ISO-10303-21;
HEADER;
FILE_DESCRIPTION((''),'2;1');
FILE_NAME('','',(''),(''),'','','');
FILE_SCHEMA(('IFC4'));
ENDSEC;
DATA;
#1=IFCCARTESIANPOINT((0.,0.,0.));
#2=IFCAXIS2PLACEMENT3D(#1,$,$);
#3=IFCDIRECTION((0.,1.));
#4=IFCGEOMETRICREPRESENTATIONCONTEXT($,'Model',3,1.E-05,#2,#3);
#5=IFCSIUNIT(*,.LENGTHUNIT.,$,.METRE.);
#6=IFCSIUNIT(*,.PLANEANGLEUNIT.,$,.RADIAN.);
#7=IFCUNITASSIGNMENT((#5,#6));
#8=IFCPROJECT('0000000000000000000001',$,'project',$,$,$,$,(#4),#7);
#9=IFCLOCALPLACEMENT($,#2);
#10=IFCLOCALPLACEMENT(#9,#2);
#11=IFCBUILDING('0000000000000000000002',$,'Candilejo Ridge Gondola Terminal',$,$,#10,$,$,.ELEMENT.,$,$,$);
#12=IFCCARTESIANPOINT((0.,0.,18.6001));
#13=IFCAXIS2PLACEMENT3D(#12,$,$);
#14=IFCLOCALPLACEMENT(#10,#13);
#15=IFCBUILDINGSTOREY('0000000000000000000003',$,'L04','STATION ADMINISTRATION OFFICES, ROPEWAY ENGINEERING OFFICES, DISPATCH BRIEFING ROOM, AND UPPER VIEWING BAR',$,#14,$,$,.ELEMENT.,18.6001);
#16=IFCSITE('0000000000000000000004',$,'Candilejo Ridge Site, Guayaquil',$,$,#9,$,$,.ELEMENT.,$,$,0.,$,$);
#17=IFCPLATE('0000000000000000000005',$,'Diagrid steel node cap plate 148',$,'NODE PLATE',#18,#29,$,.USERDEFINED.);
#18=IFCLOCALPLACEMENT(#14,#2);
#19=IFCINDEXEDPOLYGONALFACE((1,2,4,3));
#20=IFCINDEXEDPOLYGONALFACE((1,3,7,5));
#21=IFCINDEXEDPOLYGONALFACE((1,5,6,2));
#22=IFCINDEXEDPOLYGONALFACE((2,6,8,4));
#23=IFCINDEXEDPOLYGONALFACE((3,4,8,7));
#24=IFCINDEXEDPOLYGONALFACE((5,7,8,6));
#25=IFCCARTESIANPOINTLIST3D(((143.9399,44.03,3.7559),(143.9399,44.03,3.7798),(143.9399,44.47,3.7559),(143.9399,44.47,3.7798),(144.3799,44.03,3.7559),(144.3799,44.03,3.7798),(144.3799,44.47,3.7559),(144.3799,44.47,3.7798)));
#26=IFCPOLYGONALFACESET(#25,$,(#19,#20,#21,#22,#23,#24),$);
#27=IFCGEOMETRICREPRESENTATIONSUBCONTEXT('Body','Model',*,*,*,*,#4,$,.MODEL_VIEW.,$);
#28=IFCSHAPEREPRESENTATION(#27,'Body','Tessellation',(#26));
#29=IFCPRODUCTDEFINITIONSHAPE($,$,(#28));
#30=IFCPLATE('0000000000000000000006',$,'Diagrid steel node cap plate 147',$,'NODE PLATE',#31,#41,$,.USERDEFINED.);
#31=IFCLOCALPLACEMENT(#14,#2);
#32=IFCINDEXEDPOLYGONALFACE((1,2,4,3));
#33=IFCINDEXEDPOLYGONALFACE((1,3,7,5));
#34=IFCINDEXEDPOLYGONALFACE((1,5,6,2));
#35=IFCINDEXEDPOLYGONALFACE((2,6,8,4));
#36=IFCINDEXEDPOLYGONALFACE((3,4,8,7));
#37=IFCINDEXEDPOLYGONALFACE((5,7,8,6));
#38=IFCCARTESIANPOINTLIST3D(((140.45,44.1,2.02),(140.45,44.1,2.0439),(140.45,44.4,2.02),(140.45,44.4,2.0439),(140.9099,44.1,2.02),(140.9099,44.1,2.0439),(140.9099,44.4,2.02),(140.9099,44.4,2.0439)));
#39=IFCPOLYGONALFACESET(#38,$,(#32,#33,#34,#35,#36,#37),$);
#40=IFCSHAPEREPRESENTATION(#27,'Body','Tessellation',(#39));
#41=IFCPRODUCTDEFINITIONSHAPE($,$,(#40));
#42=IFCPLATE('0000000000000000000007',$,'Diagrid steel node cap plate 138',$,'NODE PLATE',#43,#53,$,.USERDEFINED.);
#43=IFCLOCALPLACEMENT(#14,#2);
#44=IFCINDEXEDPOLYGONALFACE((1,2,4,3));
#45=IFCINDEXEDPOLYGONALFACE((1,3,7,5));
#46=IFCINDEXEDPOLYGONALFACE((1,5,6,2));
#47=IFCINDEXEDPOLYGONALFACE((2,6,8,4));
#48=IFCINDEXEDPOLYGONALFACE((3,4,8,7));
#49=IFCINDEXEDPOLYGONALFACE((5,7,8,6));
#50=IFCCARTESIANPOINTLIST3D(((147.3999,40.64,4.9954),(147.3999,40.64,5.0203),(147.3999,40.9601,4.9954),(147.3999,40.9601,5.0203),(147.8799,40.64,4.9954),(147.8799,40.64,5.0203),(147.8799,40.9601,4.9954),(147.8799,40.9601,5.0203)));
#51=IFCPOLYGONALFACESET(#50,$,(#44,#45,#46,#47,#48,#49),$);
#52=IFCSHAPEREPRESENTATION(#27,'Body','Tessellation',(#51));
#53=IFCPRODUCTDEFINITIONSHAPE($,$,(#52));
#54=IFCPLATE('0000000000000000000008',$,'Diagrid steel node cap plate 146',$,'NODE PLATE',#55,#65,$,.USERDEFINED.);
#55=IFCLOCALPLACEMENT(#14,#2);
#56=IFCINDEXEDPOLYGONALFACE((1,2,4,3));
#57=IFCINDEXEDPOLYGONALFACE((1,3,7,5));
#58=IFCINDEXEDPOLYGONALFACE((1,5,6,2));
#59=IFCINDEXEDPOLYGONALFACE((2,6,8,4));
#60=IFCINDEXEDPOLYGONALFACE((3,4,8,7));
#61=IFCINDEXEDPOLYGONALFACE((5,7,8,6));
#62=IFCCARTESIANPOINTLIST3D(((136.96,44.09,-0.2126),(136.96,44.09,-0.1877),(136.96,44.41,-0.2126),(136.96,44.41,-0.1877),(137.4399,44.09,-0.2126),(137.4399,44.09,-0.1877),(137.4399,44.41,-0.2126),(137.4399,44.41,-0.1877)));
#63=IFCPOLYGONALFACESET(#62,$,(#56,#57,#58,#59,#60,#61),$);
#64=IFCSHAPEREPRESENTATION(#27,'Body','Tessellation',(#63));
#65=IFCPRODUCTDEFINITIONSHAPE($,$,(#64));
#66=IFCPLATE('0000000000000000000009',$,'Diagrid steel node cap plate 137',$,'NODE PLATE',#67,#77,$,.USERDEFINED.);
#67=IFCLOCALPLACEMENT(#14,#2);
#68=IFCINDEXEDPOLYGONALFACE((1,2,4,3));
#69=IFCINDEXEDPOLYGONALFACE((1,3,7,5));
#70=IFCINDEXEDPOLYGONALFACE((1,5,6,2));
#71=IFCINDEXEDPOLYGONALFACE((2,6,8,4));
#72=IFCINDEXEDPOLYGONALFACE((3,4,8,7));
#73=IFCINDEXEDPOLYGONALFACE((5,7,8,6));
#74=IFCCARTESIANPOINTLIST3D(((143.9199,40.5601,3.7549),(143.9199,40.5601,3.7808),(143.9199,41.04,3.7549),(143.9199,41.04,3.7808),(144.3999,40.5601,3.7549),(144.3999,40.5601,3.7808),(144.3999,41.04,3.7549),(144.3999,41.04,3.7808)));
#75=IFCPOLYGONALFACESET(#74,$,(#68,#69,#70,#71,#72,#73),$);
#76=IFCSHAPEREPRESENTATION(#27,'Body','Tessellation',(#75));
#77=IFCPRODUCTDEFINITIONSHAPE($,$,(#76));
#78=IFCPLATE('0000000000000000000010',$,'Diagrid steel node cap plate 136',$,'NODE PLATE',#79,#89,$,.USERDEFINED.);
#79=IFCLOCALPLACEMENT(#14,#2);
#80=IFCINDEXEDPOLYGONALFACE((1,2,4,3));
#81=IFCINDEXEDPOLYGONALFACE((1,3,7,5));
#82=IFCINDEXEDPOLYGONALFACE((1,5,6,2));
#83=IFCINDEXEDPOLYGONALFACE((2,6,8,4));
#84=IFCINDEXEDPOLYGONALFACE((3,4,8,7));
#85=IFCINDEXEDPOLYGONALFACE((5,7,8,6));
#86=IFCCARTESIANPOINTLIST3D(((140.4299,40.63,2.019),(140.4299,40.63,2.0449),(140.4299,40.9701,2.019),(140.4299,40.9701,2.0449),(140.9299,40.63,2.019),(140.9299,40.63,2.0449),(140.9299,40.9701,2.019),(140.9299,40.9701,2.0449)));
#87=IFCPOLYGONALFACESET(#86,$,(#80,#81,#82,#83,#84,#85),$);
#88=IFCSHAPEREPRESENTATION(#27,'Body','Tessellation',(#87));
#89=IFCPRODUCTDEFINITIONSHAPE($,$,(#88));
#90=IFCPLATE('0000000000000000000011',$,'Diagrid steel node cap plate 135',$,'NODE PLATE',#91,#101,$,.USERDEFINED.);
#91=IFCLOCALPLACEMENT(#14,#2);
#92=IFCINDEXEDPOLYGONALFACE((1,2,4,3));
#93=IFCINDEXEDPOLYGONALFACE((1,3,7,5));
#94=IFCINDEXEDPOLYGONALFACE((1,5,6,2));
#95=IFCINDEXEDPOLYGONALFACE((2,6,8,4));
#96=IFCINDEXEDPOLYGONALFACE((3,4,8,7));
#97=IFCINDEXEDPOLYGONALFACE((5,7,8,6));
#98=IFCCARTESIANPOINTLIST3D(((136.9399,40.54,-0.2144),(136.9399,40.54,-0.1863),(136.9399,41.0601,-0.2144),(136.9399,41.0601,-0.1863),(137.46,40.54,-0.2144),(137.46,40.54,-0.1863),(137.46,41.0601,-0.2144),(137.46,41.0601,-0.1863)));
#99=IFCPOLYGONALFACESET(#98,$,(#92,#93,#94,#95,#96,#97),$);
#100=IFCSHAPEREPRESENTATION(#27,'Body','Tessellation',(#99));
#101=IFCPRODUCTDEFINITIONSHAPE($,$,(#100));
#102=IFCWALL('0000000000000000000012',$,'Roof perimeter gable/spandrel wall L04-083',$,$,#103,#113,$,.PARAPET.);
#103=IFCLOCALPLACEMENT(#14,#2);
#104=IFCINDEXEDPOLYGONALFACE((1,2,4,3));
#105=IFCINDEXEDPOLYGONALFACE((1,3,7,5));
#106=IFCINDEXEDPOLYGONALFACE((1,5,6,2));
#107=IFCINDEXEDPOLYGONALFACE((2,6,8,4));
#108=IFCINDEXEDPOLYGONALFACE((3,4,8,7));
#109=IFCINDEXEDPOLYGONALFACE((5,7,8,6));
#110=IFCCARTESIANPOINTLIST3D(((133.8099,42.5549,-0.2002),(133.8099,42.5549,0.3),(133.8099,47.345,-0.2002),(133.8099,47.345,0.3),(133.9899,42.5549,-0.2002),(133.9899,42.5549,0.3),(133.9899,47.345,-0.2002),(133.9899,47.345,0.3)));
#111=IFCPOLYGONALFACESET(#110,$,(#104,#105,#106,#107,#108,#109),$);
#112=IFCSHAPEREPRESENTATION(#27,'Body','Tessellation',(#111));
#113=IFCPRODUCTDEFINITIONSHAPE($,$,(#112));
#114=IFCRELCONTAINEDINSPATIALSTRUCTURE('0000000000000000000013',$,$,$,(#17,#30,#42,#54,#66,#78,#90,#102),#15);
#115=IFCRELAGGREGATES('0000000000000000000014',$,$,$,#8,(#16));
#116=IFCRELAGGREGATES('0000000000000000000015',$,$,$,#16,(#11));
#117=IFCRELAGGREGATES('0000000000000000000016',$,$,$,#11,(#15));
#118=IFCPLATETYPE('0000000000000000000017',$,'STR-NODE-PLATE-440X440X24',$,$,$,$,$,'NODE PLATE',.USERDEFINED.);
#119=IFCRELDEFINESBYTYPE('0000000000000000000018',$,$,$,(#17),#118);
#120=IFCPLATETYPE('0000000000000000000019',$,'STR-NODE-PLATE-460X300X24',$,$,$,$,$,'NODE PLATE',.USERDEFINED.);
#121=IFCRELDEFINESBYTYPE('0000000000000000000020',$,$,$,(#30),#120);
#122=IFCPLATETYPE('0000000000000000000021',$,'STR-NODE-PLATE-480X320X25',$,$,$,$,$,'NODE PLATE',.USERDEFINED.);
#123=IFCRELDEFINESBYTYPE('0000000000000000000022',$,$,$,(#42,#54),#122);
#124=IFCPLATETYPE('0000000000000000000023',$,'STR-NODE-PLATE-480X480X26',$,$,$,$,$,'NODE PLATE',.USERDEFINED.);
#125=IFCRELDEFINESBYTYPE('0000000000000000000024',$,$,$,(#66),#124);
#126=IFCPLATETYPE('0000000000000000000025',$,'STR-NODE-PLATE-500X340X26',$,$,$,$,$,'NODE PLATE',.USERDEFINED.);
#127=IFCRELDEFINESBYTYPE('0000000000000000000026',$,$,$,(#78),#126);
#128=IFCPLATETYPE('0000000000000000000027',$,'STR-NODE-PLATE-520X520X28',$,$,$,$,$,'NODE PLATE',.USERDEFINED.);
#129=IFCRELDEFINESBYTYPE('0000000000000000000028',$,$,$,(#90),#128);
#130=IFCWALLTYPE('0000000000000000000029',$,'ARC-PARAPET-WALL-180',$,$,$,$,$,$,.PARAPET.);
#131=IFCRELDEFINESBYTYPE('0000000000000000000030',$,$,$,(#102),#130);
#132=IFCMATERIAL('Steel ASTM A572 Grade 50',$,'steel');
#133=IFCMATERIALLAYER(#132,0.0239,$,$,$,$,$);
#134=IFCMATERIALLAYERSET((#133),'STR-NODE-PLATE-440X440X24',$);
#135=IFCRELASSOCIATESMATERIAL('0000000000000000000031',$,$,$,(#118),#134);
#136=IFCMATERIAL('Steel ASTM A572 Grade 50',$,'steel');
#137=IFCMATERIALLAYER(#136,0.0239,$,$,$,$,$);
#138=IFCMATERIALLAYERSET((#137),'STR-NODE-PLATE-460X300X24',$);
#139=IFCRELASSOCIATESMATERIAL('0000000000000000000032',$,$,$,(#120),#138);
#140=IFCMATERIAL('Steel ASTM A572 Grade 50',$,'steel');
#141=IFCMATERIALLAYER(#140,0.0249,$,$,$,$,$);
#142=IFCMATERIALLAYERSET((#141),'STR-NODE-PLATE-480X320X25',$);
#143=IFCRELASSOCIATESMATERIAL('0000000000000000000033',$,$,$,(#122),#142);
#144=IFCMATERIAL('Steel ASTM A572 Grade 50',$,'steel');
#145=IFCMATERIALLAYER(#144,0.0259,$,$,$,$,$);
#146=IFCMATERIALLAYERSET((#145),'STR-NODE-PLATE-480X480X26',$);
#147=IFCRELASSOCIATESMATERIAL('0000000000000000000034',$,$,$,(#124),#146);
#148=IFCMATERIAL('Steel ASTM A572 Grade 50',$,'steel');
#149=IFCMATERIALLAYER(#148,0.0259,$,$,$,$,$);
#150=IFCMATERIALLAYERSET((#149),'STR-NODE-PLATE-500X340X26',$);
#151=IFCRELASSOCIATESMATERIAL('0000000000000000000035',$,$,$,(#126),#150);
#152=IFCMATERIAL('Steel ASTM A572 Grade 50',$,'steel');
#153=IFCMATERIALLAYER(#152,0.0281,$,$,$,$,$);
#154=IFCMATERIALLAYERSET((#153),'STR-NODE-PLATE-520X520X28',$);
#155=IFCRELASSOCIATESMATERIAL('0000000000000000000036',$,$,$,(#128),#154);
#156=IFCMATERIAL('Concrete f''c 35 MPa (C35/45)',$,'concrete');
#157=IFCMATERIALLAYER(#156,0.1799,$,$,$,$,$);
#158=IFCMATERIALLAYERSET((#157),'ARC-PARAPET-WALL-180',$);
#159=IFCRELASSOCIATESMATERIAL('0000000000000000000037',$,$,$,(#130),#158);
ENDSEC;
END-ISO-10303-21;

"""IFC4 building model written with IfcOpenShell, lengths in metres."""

from ifc_helpers import new_model, si_unit, direction, frame, frame_2d, origin, origin_2d, place, context, subcontext, project, spatial, rectangle, extrude, material, layer, layer_set, type_object, element, save


model = new_model("IFC4")

# Units and contexts
model_context = context("Model", 3, precision=1e-05, world=origin(), true_north=direction((0.0, 1.0)))
body_context = subcontext(model_context, "Body", "Model", "MODEL_VIEW")
ifc_project = project(units=[si_unit("LENGTHUNIT", "METRE"), si_unit("PLANEANGLEUNIT", "RADIAN")], contexts=[model_context])

# Site, building, storey
site_placement = place(None, origin())
site = spatial("IfcSite", under=ifc_project, at=site_placement, Name="Candilejo Ridge Site, Guayaquil", CompositionType="ELEMENT", RefElevation=0.0)
building_placement = place(site_placement, origin())
building = spatial("IfcBuilding", under=site, at=building_placement, Name="Candilejo Ridge Gondola Terminal", CompositionType="ELEMENT")
storey_placement = place(building_placement, frame((0.0, 0.0, 18.6001)))
storey = spatial("IfcBuildingStorey", under=building, at=storey_placement, Name="L04", Description="STATION ADMINISTRATION OFFICES, ROPEWAY ENGINEERING OFFICES, DISPATCH BRIEFING ROOM, AND UPPER VIEWING BAR", CompositionType="ELEMENT", Elevation=18.6001)

# Plates
ifc_material_1 = material(Name="Steel ASTM A572 Grade 50", Category="steel")
ifc_layer_1 = layer(ifc_material_1, 0.0239)
ifc_layer_set_1 = layer_set([ifc_layer_1], Name="STR-NODE-PLATE-440X440X24")
plate_type_1 = type_object("IfcPlateType", Name="STR-NODE-PLATE-440X440X24", ElementType="NODE PLATE", PredefinedType="USERDEFINED", material=ifc_layer_set_1)
plate_1_placement = place(storey_placement, frame((144.1599, 44.25, 3.7559), z_axis=(0.0, 0.0, 1.0), x_axis=(1.0, 0.0, 0.0)))
element("IfcPlate", 1, at=plate_1_placement, inside=storey, type_object=plate_type_1, Name="Diagrid steel node cap plate 148", ObjectType="NODE PLATE", PredefinedType="USERDEFINED", context=body_context, shape_type="SweptSolid", body=[
    extrude(rectangle(XDim=0.4399, YDim=0.4399, at=origin_2d()), origin(), (0.0, 0.0, 1.0), 0.0239),
])
ifc_material_2 = material(Name="Steel ASTM A572 Grade 50", Category="steel")
ifc_layer_2 = layer(ifc_material_2, 0.0239)
ifc_layer_set_2 = layer_set([ifc_layer_2], Name="STR-NODE-PLATE-460X300X24")
plate_type_2 = type_object("IfcPlateType", Name="STR-NODE-PLATE-460X300X24", ElementType="NODE PLATE", PredefinedType="USERDEFINED", material=ifc_layer_set_2)
plate_2_placement = place(storey_placement, frame((140.6799, 44.25, 2.02), z_axis=(0.0, 0.0, 1.0), x_axis=(1.0, 0.0, 0.0)))
element("IfcPlate", 2, at=plate_2_placement, inside=storey, type_object=plate_type_2, Name="Diagrid steel node cap plate 147", ObjectType="NODE PLATE", PredefinedType="USERDEFINED", context=body_context, shape_type="SweptSolid", body=[
    extrude(rectangle(XDim=0.46, YDim=0.3, at=origin_2d()), origin(), (0.0, 0.0, 1.0), 0.0239),
])
ifc_material_3 = material(Name="Steel ASTM A572 Grade 50", Category="steel")
ifc_layer_3 = layer(ifc_material_3, 0.0249)
ifc_layer_set_3 = layer_set([ifc_layer_3], Name="STR-NODE-PLATE-480X320X25")
plate_type_3 = type_object("IfcPlateType", Name="STR-NODE-PLATE-480X320X25", ElementType="NODE PLATE", PredefinedType="USERDEFINED", material=ifc_layer_set_3)
for number, where, z_axis, x_axis, name in (
    (3, (147.6399, 40.8, 4.9954), (0.0, 0.0, 1.0), (1.0, 0.0, 0.0), "Diagrid steel node cap plate 138"),
    (4, (137.2, 44.25, -0.2126), (0.0, 0.0, 1.0), (1.0, 0.0, 0.0), "Diagrid steel node cap plate 146"),
):
    element("IfcPlate", number, at=place(storey_placement, frame(where, z_axis=z_axis, x_axis=x_axis)), inside=storey, type_object=plate_type_3, Name=name, ObjectType="NODE PLATE", PredefinedType="USERDEFINED", context=body_context, shape_type="SweptSolid", body=[
        extrude(rectangle(XDim=0.48, YDim=0.3201, at=origin_2d()), origin(), (0.0, 0.0, 1.0), 0.0249),
    ])
ifc_material_4 = material(Name="Steel ASTM A572 Grade 50", Category="steel")
ifc_layer_4 = layer(ifc_material_4, 0.0259)
ifc_layer_set_4 = layer_set([ifc_layer_4], Name="STR-NODE-PLATE-480X480X26")
plate_type_4 = type_object("IfcPlateType", Name="STR-NODE-PLATE-480X480X26", ElementType="NODE PLATE", PredefinedType="USERDEFINED", material=ifc_layer_set_4)
plate_3_placement = place(storey_placement, frame((144.1599, 40.8, 3.7549), z_axis=(0.0, 0.0, 1.0), x_axis=(1.0, 0.0, 0.0)))
element("IfcPlate", 5, at=plate_3_placement, inside=storey, type_object=plate_type_4, Name="Diagrid steel node cap plate 137", ObjectType="NODE PLATE", PredefinedType="USERDEFINED", context=body_context, shape_type="SweptSolid", body=[
    extrude(rectangle(XDim=0.48, YDim=0.48, at=origin_2d()), origin(), (0.0, 0.0, 1.0), 0.0259),
])
ifc_material_5 = material(Name="Steel ASTM A572 Grade 50", Category="steel")
ifc_layer_5 = layer(ifc_material_5, 0.0259)
ifc_layer_set_5 = layer_set([ifc_layer_5], Name="STR-NODE-PLATE-500X340X26")
plate_type_5 = type_object("IfcPlateType", Name="STR-NODE-PLATE-500X340X26", ElementType="NODE PLATE", PredefinedType="USERDEFINED", material=ifc_layer_set_5)
plate_4_placement = place(storey_placement, frame((140.6799, 40.8, 2.019), z_axis=(0.0, 0.0, 1.0), x_axis=(1.0, 0.0, 0.0)))
element("IfcPlate", 6, at=plate_4_placement, inside=storey, type_object=plate_type_5, Name="Diagrid steel node cap plate 136", ObjectType="NODE PLATE", PredefinedType="USERDEFINED", context=body_context, shape_type="SweptSolid", body=[
    extrude(rectangle(XDim=0.5, YDim=0.3401, at=origin_2d()), origin(), (0.0, 0.0, 1.0), 0.0259),
])
ifc_material_6 = material(Name="Steel ASTM A572 Grade 50", Category="steel")
ifc_layer_6 = layer(ifc_material_6, 0.0281)
ifc_layer_set_6 = layer_set([ifc_layer_6], Name="STR-NODE-PLATE-520X520X28")
plate_type_6 = type_object("IfcPlateType", Name="STR-NODE-PLATE-520X520X28", ElementType="NODE PLATE", PredefinedType="USERDEFINED", material=ifc_layer_set_6)
plate_5_placement = place(storey_placement, frame((137.2, 40.8, -0.2144), z_axis=(0.0, 0.0, 1.0), x_axis=(1.0, 0.0, 0.0)))
element("IfcPlate", 7, at=plate_5_placement, inside=storey, type_object=plate_type_6, Name="Diagrid steel node cap plate 135", ObjectType="NODE PLATE", PredefinedType="USERDEFINED", context=body_context, shape_type="SweptSolid", body=[
    extrude(rectangle(XDim=0.52, YDim=0.52, at=origin_2d()), origin(), (0.0, 0.0, 1.0), 0.0281),
])

# Wall
ifc_material_7 = material(Name="Concrete f'c 35 MPa (C35/45)", Category="concrete")
ifc_layer_7 = layer(ifc_material_7, 0.1799)
ifc_layer_set_7 = layer_set([ifc_layer_7], Name="ARC-PARAPET-WALL-180")
wall_type = type_object("IfcWallType", Name="ARC-PARAPET-WALL-180", PredefinedType="PARAPET", material=ifc_layer_set_7)
wall_placement = place(storey_placement, frame((133.8999, 42.5549, -0.2002), z_axis=(0.0, 0.0, 1.0), x_axis=(0.0, 1.0, 0.0)))
element("IfcWall", 8, at=wall_placement, inside=storey, type_object=wall_type, Name="Roof perimeter gable/spandrel wall L04-083", PredefinedType="PARAPET", context=body_context, shape_type="SweptSolid", body=[
    extrude(rectangle(XDim=4.79, YDim=0.1799, at=frame_2d((2.395, 0.0))), origin(), (0.0, 0.0, 1.0), 0.5002),
])

save(model, "model.ifc")
